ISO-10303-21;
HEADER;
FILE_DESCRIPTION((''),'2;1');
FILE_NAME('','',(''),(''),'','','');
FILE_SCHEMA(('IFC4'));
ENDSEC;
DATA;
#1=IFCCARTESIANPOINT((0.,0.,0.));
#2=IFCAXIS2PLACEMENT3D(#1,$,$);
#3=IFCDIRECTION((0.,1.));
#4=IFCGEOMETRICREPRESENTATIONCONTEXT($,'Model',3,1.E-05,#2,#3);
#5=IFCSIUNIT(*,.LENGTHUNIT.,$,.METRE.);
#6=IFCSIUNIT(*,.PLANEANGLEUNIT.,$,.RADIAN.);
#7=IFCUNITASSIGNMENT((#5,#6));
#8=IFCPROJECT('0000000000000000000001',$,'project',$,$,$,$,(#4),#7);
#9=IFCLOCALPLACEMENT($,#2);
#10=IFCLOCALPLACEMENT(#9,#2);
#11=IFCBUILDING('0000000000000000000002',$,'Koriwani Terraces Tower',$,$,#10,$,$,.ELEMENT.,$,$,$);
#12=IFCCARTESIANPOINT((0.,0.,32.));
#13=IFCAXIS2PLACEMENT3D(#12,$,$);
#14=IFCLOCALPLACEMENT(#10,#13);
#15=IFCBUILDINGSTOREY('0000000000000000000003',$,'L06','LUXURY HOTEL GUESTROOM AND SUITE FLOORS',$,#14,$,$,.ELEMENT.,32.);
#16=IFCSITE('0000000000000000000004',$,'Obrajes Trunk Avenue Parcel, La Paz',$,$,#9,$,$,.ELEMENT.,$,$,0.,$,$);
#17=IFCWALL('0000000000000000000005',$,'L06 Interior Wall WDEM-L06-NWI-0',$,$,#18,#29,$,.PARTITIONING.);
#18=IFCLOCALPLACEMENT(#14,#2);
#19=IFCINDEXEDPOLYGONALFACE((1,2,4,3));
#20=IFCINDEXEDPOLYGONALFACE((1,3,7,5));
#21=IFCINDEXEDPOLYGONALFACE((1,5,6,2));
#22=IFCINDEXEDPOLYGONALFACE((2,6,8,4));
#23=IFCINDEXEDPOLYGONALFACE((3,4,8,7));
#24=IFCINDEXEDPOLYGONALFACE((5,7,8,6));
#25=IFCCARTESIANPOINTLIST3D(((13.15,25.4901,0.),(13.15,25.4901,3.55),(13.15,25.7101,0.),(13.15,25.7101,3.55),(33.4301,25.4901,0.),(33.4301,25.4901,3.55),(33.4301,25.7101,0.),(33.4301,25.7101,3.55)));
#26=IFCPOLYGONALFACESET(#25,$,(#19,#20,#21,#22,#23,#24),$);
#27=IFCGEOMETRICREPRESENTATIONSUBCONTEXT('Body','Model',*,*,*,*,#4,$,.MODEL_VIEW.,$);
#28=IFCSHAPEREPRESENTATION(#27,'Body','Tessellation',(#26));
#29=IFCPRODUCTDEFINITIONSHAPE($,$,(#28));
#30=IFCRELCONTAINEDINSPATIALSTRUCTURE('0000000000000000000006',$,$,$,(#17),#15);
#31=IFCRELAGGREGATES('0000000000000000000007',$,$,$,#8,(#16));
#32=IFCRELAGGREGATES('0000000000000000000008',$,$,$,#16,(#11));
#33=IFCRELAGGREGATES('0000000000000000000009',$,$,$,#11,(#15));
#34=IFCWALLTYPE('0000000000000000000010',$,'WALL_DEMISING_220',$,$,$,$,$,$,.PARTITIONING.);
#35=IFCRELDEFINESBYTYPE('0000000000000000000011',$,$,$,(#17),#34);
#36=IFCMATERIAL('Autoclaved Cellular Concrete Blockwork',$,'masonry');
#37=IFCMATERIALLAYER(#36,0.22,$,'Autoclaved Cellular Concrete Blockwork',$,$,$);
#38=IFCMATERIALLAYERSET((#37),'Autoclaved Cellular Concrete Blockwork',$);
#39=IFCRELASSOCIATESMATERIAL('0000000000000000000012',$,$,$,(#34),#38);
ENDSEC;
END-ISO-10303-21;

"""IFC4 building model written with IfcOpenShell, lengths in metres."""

from ifc_helpers import new_model, si_unit, direction, frame, frame_2d, origin, place, context, subcontext, project, spatial, rectangle, extrude, material, layer, layer_set, type_object, element, save


model = new_model("IFC4")

# Units and contexts
model_context = context("Model", 3, precision=1e-05, world=origin(), true_north=direction((0.0, 1.0)))
body_context = subcontext(model_context, "Body", "Model", "MODEL_VIEW")
ifc_project = project(units=[si_unit("LENGTHUNIT", "METRE"), si_unit("PLANEANGLEUNIT", "RADIAN")], contexts=[model_context])

# Site, building, storey
site_placement = place(None, origin())
site = spatial("IfcSite", under=ifc_project, at=site_placement, Name="Obrajes Trunk Avenue Parcel, La Paz", CompositionType="ELEMENT", RefElevation=0.0)
building_placement = place(site_placement, origin())
building = spatial("IfcBuilding", under=site, at=building_placement, Name="Koriwani Terraces Tower", CompositionType="ELEMENT")
storey_placement = place(building_placement, frame((0.0, 0.0, 32.0)))
storey = spatial("IfcBuildingStorey", under=building, at=storey_placement, Name="L06", Description="LUXURY HOTEL GUESTROOM AND SUITE FLOORS", CompositionType="ELEMENT", Elevation=32.0)

# Shared definitions
ifc_material_1 = material(Name="Autoclaved Cellular Concrete Blockwork", Category="masonry")

# Wall
ifc_layer_1 = layer(ifc_material_1, 0.22, Name="Autoclaved Cellular Concrete Blockwork")
ifc_layer_set_1 = layer_set([ifc_layer_1], Name="Autoclaved Cellular Concrete Blockwork")
wall_type_1 = type_object("IfcWallType", Name="WALL_DEMISING_220", PredefinedType="PARTITIONING", material=ifc_layer_set_1)
wall_1_placement = place(storey_placement, frame((13.1499, 25.6001, 0.0), z_axis=(0.0, 0.0, 1.0), x_axis=(1.0, 0.0, 0.0)))
element("IfcWall", 1, at=wall_1_placement, inside=storey, type_object=wall_type_1, Name="L06 Interior Wall WDEM-L06-NWI-0", PredefinedType="PARTITIONING", context=body_context, shape_type="SweptSolid", body=[
    extrude(rectangle(XDim=20.28, YDim=0.22, at=frame_2d((10.1401, 0.0))), origin(), (0.0, 0.0, 1.0), 3.55),
])

save(model, "model.ifc")
